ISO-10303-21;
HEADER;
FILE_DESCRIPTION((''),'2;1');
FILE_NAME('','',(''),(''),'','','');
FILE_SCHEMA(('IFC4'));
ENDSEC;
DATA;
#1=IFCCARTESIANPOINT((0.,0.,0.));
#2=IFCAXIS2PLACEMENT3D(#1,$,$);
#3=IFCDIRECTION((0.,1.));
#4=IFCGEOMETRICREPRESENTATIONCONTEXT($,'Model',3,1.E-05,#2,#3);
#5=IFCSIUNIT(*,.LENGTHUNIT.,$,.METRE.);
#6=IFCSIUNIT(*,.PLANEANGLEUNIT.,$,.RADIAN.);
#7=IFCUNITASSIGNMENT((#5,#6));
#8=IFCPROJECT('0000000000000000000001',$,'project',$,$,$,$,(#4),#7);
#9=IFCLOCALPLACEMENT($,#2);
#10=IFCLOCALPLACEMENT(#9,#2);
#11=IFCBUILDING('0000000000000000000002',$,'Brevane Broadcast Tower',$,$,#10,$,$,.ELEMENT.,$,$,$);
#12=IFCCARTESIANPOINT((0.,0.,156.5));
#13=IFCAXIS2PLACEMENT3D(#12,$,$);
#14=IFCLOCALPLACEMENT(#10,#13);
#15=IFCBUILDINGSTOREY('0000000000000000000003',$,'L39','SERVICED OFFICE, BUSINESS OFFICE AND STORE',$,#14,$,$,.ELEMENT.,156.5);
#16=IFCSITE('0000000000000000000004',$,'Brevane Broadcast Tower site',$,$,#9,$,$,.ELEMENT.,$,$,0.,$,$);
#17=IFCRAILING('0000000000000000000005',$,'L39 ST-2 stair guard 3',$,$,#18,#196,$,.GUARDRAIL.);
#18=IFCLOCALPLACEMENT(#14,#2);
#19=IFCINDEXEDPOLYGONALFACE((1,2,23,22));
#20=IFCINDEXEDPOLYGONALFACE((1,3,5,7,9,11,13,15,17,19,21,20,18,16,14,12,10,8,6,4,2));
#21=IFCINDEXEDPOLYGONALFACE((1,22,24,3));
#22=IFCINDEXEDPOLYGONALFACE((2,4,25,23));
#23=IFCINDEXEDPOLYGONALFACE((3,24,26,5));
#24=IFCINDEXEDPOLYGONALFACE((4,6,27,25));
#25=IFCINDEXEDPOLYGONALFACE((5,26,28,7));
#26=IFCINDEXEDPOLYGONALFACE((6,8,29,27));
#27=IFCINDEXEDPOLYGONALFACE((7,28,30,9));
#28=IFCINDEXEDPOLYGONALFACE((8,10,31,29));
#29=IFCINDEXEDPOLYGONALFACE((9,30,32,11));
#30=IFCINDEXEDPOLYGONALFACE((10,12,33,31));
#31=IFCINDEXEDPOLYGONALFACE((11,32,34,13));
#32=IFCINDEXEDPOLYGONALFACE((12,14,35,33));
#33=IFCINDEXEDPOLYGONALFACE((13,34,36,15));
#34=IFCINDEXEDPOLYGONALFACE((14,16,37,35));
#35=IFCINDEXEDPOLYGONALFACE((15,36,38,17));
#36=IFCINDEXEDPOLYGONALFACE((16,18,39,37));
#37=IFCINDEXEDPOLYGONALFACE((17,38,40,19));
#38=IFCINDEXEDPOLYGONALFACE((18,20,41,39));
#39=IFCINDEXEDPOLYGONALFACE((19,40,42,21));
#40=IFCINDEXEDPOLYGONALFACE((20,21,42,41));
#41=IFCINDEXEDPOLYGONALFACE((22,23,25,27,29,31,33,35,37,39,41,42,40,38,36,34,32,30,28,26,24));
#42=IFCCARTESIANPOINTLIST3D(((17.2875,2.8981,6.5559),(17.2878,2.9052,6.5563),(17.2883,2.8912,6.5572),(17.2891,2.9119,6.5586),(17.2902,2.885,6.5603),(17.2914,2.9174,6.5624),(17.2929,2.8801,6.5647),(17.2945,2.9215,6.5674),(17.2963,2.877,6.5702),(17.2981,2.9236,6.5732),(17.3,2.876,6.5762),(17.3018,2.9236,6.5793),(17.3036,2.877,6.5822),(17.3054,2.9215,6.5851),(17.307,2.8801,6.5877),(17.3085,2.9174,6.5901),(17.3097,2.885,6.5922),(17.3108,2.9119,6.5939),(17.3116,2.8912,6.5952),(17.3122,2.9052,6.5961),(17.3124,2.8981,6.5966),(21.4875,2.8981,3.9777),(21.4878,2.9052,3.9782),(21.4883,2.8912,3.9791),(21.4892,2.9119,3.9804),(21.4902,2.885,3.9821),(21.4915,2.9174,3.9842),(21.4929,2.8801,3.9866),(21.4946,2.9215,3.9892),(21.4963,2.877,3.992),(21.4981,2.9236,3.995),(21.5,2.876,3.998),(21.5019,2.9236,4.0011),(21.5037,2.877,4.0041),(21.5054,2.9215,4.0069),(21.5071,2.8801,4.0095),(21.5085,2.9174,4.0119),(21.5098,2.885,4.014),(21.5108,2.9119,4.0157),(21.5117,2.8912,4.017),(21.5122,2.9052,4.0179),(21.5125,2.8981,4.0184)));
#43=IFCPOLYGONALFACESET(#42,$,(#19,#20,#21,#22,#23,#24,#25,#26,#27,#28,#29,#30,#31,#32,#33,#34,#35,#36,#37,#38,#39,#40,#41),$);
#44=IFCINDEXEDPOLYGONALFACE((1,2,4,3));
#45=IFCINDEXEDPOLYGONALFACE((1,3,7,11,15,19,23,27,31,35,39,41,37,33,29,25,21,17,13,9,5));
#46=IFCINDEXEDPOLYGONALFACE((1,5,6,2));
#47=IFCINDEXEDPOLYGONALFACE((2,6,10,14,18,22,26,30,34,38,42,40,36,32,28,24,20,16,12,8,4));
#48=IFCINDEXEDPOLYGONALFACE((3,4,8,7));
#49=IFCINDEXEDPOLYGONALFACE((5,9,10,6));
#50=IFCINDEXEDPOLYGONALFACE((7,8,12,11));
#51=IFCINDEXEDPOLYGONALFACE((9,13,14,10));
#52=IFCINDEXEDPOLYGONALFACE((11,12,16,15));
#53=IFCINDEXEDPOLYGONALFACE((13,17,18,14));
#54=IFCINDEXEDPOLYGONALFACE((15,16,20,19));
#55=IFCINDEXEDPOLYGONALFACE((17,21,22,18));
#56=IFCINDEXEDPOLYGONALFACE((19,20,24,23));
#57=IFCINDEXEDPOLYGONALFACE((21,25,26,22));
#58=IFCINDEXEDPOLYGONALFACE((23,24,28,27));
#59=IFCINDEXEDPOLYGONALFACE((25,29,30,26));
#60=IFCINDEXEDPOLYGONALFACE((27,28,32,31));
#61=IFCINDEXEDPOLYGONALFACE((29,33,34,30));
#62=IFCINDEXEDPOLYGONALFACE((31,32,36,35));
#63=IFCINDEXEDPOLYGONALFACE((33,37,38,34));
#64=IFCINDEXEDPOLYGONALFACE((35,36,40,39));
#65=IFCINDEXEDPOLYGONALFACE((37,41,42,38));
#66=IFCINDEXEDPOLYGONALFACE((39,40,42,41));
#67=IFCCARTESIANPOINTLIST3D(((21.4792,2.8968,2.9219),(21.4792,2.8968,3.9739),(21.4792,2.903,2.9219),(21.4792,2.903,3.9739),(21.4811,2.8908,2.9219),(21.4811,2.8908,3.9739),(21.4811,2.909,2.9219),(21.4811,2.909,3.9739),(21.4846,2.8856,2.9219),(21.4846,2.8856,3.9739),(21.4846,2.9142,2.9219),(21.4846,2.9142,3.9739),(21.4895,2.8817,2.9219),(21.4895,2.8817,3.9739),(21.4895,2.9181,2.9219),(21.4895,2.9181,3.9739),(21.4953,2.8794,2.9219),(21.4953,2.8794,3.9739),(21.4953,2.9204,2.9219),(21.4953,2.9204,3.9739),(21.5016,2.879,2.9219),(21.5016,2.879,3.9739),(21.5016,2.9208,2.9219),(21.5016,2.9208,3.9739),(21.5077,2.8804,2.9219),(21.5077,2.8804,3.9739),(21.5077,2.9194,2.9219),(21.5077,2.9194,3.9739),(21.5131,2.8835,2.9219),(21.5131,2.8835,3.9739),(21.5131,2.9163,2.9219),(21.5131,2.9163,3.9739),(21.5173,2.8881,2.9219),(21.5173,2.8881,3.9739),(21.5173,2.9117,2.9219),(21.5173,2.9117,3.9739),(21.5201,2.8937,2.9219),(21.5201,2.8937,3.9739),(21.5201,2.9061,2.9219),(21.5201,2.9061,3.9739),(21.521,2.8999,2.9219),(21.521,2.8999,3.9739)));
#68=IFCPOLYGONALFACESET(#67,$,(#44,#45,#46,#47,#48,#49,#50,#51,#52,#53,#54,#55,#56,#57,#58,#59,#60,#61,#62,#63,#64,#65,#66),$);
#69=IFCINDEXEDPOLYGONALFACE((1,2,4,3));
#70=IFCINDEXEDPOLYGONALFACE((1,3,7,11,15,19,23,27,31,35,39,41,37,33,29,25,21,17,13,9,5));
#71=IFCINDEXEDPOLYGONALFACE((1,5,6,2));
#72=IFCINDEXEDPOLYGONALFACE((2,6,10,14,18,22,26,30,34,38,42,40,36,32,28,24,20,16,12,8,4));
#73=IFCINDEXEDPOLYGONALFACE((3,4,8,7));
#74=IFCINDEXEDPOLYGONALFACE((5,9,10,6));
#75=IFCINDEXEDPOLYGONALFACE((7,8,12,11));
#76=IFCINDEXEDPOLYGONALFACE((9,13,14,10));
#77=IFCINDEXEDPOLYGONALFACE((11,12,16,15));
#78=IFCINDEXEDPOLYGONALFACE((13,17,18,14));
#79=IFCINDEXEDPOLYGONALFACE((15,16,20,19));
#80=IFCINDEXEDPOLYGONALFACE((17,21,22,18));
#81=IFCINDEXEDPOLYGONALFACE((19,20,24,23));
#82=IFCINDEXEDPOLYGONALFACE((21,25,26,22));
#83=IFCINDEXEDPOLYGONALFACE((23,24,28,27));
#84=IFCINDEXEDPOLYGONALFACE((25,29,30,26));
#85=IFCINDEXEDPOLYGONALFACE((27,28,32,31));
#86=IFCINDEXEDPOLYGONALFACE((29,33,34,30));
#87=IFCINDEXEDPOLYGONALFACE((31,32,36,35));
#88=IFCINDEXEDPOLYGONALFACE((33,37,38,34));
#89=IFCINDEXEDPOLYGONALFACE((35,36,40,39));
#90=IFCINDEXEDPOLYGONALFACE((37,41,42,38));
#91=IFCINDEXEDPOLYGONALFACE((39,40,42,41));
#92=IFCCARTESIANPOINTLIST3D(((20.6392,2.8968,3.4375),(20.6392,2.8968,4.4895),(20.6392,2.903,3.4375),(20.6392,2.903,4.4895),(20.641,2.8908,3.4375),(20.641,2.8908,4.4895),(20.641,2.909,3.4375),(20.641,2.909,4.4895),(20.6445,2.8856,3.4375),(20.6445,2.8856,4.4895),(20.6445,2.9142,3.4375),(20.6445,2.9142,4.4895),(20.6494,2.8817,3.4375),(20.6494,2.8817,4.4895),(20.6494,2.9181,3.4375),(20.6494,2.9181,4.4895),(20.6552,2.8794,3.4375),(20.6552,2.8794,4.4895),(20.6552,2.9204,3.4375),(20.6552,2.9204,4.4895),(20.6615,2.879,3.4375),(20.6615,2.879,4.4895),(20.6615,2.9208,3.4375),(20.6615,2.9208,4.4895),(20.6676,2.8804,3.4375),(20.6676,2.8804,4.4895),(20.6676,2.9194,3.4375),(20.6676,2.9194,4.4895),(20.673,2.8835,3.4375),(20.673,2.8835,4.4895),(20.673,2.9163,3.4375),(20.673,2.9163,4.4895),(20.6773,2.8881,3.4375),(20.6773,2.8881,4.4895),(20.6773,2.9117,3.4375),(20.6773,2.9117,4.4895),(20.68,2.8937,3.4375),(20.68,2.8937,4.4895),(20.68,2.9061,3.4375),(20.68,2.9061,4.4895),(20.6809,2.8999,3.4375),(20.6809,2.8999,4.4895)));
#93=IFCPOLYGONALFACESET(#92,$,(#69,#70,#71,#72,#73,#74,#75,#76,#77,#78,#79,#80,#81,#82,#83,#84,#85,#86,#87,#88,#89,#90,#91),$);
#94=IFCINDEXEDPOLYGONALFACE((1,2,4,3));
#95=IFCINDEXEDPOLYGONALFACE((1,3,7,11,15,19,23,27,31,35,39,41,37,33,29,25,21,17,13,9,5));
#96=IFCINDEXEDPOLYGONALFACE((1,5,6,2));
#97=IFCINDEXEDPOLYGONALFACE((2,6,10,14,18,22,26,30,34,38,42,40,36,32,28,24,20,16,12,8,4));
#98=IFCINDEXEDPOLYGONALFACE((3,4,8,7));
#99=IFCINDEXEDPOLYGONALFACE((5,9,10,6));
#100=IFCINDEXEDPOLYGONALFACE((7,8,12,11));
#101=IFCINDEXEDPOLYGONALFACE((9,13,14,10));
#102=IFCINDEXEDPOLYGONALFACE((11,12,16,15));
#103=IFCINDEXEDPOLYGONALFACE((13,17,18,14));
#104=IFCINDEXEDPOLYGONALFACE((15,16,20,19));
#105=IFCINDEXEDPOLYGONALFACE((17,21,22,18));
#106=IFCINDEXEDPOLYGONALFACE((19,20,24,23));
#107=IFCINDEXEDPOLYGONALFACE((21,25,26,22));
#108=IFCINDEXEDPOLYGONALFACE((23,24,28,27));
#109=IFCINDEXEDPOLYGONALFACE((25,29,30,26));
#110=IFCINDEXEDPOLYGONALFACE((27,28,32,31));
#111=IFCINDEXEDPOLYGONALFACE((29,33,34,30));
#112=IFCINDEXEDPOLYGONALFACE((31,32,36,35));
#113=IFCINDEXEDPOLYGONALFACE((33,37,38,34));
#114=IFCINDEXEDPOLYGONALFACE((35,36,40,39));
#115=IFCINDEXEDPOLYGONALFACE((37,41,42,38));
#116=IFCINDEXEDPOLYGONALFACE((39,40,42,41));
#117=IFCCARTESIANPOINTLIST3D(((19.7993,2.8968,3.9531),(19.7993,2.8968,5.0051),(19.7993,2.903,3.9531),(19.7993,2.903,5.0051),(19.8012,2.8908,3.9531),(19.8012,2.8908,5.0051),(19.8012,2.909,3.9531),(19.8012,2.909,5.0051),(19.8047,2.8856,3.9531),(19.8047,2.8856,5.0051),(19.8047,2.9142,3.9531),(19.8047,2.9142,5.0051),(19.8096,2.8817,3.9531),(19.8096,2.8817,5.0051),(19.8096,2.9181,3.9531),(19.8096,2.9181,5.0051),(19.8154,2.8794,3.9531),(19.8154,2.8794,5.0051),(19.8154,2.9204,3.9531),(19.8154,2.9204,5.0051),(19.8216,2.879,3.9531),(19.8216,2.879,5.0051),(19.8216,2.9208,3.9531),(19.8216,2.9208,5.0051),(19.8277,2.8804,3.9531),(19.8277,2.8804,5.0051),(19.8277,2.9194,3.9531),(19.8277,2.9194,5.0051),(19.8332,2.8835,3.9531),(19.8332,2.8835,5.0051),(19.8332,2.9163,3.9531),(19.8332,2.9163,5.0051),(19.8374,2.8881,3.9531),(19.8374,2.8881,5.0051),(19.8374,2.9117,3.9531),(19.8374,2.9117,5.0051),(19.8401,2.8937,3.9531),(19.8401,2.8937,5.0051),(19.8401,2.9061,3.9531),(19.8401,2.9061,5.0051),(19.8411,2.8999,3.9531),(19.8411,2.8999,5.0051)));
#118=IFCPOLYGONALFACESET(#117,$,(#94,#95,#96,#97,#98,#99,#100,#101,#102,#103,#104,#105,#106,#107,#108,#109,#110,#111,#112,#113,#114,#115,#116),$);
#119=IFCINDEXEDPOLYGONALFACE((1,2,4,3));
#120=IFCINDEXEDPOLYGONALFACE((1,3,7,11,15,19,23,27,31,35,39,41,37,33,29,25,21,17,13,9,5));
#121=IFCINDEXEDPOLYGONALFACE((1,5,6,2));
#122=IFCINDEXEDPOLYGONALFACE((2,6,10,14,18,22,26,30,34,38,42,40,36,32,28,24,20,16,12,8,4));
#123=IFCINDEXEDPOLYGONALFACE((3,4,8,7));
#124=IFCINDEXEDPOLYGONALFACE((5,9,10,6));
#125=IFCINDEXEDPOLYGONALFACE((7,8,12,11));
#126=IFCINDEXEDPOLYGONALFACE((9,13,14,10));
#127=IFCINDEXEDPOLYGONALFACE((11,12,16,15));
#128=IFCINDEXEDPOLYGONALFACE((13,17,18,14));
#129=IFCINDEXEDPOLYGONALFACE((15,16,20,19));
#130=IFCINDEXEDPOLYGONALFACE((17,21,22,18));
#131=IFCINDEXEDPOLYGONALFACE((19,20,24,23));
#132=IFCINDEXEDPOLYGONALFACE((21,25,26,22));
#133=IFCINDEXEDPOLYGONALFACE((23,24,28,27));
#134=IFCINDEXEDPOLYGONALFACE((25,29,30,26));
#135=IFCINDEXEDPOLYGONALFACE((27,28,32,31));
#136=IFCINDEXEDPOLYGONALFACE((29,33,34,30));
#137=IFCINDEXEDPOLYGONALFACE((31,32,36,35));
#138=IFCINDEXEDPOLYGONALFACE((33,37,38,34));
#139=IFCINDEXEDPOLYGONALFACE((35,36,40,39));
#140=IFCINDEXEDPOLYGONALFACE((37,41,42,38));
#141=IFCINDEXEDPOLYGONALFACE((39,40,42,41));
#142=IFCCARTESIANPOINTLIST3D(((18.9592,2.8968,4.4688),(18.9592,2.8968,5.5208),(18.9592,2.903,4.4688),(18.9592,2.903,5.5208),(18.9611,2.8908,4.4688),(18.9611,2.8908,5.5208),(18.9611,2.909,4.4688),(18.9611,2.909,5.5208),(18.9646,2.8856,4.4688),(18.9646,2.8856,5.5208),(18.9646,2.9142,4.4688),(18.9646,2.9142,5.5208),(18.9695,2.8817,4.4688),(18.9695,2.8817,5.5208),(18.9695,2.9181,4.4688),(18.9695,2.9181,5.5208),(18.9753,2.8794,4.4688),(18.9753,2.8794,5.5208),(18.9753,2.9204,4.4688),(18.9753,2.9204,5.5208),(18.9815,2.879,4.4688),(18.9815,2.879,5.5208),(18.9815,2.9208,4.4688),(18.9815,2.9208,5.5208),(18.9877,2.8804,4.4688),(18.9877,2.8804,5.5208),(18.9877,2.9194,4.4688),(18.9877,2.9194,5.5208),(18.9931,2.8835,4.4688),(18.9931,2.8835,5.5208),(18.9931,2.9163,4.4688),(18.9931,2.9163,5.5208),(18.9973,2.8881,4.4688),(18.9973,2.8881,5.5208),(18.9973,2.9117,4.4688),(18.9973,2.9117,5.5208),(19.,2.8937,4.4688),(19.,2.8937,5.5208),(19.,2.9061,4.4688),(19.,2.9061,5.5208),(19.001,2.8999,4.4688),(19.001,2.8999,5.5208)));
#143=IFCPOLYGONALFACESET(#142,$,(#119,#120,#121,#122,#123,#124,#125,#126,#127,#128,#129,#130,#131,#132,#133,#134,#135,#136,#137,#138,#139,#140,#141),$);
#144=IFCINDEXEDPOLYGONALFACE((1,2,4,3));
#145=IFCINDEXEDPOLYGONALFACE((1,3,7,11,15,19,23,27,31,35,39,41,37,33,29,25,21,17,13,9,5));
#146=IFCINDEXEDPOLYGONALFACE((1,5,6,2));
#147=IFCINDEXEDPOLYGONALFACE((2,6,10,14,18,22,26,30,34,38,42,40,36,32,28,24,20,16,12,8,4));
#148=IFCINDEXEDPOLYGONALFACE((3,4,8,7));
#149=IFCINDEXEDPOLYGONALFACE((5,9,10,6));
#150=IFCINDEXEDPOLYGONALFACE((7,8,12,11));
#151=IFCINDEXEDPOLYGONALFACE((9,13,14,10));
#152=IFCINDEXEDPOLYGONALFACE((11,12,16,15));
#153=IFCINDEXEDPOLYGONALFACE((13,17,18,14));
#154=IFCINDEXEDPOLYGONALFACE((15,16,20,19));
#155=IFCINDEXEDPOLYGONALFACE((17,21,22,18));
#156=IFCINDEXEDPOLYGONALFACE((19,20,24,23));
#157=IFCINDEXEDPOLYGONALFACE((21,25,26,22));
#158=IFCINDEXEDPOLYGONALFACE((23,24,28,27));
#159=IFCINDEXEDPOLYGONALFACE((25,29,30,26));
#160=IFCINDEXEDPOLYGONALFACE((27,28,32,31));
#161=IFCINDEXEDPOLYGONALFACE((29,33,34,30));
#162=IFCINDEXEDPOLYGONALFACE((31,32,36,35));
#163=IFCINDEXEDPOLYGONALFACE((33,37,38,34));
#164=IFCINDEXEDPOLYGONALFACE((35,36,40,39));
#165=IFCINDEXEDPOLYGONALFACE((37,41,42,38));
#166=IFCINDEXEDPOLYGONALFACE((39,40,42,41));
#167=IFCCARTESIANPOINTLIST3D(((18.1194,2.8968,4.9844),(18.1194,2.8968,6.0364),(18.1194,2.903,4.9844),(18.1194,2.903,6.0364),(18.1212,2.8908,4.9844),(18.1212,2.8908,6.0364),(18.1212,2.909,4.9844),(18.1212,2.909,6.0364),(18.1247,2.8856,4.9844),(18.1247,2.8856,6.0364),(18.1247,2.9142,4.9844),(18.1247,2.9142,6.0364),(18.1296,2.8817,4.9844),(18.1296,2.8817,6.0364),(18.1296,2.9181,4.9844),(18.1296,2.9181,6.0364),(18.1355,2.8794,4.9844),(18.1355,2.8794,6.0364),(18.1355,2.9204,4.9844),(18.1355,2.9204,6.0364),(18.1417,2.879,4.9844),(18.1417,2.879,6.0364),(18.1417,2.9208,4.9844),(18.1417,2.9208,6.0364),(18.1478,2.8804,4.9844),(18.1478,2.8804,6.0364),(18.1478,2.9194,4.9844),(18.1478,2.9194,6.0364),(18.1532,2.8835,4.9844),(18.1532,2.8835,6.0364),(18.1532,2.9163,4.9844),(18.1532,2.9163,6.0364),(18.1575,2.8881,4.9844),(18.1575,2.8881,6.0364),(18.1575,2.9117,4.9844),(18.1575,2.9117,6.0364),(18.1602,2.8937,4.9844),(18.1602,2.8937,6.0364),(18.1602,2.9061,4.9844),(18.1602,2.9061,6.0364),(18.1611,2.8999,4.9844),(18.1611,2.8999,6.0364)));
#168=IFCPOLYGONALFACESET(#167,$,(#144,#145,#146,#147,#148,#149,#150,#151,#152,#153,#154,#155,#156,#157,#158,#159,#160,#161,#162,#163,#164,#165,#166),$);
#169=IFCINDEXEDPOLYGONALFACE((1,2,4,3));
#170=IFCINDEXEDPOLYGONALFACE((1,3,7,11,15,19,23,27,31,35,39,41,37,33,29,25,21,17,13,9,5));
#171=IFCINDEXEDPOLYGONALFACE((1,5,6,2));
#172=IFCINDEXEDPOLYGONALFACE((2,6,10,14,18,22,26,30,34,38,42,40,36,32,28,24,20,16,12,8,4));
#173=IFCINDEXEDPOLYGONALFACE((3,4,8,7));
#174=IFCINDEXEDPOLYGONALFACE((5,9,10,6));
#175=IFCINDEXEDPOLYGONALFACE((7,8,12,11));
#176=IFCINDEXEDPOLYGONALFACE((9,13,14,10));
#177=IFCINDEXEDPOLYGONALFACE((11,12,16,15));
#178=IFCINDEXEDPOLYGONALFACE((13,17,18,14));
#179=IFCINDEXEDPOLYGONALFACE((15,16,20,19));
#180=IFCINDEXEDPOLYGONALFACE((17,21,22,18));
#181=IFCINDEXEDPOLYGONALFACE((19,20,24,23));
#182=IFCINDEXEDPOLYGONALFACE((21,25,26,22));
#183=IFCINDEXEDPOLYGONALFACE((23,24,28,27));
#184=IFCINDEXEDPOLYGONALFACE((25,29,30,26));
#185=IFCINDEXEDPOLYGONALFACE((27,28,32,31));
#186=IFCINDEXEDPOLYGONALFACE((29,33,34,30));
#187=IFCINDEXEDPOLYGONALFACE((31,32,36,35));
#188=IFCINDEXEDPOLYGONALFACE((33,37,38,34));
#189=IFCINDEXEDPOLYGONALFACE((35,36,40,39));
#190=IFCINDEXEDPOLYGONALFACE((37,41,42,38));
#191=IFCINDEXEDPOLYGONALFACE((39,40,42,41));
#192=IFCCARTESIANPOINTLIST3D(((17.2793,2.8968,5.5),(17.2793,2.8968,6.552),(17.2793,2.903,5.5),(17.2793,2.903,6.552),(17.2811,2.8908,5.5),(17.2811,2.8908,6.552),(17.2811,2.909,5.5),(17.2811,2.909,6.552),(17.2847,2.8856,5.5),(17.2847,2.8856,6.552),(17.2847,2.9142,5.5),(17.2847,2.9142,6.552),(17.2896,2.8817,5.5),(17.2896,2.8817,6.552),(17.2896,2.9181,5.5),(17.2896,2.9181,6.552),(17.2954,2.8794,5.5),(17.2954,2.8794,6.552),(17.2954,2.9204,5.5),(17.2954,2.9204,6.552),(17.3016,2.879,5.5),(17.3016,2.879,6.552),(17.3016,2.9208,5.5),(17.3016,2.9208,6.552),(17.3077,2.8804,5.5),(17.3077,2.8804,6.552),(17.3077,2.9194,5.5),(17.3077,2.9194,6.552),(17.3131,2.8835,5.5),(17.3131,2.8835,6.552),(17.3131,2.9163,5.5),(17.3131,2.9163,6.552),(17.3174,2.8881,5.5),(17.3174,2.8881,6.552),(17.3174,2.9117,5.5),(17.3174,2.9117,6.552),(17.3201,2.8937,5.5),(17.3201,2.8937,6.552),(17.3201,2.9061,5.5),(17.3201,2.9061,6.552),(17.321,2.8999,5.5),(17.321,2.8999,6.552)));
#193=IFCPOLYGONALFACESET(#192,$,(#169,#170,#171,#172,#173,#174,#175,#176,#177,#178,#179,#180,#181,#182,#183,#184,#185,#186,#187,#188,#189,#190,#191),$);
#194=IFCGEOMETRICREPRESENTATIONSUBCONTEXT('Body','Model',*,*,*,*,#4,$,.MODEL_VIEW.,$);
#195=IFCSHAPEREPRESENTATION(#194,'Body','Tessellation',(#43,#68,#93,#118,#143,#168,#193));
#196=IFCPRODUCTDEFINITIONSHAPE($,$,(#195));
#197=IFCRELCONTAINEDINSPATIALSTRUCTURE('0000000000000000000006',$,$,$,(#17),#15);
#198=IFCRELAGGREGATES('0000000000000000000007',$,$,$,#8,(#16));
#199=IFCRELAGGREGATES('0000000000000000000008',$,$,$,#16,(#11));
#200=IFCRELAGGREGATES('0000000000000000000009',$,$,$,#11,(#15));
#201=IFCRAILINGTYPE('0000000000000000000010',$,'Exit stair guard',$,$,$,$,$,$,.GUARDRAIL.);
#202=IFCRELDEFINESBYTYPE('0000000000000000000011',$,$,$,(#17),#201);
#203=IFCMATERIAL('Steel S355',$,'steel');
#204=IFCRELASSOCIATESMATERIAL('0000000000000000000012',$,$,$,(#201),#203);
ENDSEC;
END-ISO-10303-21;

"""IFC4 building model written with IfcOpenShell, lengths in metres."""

from ifc_helpers import new_model, si_unit, direction, frame, origin, origin_2d, place, context, subcontext, project, spatial, circle, extrude, material, type_object, element, save


model = new_model("IFC4")

# Units and contexts
model_context = context("Model", 3, precision=1e-05, world=origin(), true_north=direction((0.0, 1.0)))
body_context = subcontext(model_context, "Body", "Model", "MODEL_VIEW")
ifc_project = project(units=[si_unit("LENGTHUNIT", "METRE"), si_unit("PLANEANGLEUNIT", "RADIAN")], contexts=[model_context])

# Site, building, storey
site_placement = place(None, origin())
site = spatial("IfcSite", under=ifc_project, at=site_placement, Name="Brevane Broadcast Tower site", CompositionType="ELEMENT", RefElevation=0.0)
building_placement = place(site_placement, origin())
building = spatial("IfcBuilding", under=site, at=building_placement, Name="Brevane Broadcast Tower", CompositionType="ELEMENT")
storey_placement = place(building_placement, frame((0.0, 0.0, 156.5)))
storey = spatial("IfcBuildingStorey", under=building, at=storey_placement, Name="L39", Description="SERVICED OFFICE, BUSINESS OFFICE AND STORE", CompositionType="ELEMENT", Elevation=156.5)

# Railing
ifc_material_1 = material(Name="Steel S355", Category="steel")
railing_type_1 = type_object("IfcRailingType", Name="Exit stair guard", PredefinedType="GUARDRAIL", material=ifc_material_1)
railing_1_placement = place(storey_placement, frame((21.5, 2.8999, 2.9219)))
element("IfcRailing", 1, at=railing_1_placement, inside=storey, type_object=railing_type_1, Name="L39 ST-2 stair guard 3", PredefinedType="GUARDRAIL", context=body_context, shape_type="SweptSolid", body=[
    extrude(circle(Radius=0.0239, at=origin_2d()), frame((0.0, 0.0, 1.0762), z_axis=(-0.852243, 0.0, 0.523146), x_axis=(0.0, -1.0, 0.0)), (0.0, 0.0, 1.0), 4.9282),
    extrude(circle(Radius=0.021, at=origin_2d()), origin(), (0.0, 0.0, 1.0), 1.052),
    extrude(circle(Radius=0.021, at=origin_2d()), frame((-0.8401, 0.0, 0.5156)), (0.0, 0.0, 1.0), 1.052),
    extrude(circle(Radius=0.021, at=origin_2d()), frame((-1.6799, 0.0, 1.0312)), (0.0, 0.0, 1.0), 1.052),
    extrude(circle(Radius=0.021, at=origin_2d()), frame((-2.52, 0.0, 1.5469)), (0.0, 0.0, 1.0), 1.052),
    extrude(circle(Radius=0.021, at=origin_2d()), frame((-3.3599, 0.0, 2.0625)), (0.0, 0.0, 1.0), 1.052),
    extrude(circle(Radius=0.021, at=origin_2d()), frame((-4.2, 0.0, 2.5781)), (0.0, 0.0, 1.0), 1.052),
])

save(model, "model.ifc")
